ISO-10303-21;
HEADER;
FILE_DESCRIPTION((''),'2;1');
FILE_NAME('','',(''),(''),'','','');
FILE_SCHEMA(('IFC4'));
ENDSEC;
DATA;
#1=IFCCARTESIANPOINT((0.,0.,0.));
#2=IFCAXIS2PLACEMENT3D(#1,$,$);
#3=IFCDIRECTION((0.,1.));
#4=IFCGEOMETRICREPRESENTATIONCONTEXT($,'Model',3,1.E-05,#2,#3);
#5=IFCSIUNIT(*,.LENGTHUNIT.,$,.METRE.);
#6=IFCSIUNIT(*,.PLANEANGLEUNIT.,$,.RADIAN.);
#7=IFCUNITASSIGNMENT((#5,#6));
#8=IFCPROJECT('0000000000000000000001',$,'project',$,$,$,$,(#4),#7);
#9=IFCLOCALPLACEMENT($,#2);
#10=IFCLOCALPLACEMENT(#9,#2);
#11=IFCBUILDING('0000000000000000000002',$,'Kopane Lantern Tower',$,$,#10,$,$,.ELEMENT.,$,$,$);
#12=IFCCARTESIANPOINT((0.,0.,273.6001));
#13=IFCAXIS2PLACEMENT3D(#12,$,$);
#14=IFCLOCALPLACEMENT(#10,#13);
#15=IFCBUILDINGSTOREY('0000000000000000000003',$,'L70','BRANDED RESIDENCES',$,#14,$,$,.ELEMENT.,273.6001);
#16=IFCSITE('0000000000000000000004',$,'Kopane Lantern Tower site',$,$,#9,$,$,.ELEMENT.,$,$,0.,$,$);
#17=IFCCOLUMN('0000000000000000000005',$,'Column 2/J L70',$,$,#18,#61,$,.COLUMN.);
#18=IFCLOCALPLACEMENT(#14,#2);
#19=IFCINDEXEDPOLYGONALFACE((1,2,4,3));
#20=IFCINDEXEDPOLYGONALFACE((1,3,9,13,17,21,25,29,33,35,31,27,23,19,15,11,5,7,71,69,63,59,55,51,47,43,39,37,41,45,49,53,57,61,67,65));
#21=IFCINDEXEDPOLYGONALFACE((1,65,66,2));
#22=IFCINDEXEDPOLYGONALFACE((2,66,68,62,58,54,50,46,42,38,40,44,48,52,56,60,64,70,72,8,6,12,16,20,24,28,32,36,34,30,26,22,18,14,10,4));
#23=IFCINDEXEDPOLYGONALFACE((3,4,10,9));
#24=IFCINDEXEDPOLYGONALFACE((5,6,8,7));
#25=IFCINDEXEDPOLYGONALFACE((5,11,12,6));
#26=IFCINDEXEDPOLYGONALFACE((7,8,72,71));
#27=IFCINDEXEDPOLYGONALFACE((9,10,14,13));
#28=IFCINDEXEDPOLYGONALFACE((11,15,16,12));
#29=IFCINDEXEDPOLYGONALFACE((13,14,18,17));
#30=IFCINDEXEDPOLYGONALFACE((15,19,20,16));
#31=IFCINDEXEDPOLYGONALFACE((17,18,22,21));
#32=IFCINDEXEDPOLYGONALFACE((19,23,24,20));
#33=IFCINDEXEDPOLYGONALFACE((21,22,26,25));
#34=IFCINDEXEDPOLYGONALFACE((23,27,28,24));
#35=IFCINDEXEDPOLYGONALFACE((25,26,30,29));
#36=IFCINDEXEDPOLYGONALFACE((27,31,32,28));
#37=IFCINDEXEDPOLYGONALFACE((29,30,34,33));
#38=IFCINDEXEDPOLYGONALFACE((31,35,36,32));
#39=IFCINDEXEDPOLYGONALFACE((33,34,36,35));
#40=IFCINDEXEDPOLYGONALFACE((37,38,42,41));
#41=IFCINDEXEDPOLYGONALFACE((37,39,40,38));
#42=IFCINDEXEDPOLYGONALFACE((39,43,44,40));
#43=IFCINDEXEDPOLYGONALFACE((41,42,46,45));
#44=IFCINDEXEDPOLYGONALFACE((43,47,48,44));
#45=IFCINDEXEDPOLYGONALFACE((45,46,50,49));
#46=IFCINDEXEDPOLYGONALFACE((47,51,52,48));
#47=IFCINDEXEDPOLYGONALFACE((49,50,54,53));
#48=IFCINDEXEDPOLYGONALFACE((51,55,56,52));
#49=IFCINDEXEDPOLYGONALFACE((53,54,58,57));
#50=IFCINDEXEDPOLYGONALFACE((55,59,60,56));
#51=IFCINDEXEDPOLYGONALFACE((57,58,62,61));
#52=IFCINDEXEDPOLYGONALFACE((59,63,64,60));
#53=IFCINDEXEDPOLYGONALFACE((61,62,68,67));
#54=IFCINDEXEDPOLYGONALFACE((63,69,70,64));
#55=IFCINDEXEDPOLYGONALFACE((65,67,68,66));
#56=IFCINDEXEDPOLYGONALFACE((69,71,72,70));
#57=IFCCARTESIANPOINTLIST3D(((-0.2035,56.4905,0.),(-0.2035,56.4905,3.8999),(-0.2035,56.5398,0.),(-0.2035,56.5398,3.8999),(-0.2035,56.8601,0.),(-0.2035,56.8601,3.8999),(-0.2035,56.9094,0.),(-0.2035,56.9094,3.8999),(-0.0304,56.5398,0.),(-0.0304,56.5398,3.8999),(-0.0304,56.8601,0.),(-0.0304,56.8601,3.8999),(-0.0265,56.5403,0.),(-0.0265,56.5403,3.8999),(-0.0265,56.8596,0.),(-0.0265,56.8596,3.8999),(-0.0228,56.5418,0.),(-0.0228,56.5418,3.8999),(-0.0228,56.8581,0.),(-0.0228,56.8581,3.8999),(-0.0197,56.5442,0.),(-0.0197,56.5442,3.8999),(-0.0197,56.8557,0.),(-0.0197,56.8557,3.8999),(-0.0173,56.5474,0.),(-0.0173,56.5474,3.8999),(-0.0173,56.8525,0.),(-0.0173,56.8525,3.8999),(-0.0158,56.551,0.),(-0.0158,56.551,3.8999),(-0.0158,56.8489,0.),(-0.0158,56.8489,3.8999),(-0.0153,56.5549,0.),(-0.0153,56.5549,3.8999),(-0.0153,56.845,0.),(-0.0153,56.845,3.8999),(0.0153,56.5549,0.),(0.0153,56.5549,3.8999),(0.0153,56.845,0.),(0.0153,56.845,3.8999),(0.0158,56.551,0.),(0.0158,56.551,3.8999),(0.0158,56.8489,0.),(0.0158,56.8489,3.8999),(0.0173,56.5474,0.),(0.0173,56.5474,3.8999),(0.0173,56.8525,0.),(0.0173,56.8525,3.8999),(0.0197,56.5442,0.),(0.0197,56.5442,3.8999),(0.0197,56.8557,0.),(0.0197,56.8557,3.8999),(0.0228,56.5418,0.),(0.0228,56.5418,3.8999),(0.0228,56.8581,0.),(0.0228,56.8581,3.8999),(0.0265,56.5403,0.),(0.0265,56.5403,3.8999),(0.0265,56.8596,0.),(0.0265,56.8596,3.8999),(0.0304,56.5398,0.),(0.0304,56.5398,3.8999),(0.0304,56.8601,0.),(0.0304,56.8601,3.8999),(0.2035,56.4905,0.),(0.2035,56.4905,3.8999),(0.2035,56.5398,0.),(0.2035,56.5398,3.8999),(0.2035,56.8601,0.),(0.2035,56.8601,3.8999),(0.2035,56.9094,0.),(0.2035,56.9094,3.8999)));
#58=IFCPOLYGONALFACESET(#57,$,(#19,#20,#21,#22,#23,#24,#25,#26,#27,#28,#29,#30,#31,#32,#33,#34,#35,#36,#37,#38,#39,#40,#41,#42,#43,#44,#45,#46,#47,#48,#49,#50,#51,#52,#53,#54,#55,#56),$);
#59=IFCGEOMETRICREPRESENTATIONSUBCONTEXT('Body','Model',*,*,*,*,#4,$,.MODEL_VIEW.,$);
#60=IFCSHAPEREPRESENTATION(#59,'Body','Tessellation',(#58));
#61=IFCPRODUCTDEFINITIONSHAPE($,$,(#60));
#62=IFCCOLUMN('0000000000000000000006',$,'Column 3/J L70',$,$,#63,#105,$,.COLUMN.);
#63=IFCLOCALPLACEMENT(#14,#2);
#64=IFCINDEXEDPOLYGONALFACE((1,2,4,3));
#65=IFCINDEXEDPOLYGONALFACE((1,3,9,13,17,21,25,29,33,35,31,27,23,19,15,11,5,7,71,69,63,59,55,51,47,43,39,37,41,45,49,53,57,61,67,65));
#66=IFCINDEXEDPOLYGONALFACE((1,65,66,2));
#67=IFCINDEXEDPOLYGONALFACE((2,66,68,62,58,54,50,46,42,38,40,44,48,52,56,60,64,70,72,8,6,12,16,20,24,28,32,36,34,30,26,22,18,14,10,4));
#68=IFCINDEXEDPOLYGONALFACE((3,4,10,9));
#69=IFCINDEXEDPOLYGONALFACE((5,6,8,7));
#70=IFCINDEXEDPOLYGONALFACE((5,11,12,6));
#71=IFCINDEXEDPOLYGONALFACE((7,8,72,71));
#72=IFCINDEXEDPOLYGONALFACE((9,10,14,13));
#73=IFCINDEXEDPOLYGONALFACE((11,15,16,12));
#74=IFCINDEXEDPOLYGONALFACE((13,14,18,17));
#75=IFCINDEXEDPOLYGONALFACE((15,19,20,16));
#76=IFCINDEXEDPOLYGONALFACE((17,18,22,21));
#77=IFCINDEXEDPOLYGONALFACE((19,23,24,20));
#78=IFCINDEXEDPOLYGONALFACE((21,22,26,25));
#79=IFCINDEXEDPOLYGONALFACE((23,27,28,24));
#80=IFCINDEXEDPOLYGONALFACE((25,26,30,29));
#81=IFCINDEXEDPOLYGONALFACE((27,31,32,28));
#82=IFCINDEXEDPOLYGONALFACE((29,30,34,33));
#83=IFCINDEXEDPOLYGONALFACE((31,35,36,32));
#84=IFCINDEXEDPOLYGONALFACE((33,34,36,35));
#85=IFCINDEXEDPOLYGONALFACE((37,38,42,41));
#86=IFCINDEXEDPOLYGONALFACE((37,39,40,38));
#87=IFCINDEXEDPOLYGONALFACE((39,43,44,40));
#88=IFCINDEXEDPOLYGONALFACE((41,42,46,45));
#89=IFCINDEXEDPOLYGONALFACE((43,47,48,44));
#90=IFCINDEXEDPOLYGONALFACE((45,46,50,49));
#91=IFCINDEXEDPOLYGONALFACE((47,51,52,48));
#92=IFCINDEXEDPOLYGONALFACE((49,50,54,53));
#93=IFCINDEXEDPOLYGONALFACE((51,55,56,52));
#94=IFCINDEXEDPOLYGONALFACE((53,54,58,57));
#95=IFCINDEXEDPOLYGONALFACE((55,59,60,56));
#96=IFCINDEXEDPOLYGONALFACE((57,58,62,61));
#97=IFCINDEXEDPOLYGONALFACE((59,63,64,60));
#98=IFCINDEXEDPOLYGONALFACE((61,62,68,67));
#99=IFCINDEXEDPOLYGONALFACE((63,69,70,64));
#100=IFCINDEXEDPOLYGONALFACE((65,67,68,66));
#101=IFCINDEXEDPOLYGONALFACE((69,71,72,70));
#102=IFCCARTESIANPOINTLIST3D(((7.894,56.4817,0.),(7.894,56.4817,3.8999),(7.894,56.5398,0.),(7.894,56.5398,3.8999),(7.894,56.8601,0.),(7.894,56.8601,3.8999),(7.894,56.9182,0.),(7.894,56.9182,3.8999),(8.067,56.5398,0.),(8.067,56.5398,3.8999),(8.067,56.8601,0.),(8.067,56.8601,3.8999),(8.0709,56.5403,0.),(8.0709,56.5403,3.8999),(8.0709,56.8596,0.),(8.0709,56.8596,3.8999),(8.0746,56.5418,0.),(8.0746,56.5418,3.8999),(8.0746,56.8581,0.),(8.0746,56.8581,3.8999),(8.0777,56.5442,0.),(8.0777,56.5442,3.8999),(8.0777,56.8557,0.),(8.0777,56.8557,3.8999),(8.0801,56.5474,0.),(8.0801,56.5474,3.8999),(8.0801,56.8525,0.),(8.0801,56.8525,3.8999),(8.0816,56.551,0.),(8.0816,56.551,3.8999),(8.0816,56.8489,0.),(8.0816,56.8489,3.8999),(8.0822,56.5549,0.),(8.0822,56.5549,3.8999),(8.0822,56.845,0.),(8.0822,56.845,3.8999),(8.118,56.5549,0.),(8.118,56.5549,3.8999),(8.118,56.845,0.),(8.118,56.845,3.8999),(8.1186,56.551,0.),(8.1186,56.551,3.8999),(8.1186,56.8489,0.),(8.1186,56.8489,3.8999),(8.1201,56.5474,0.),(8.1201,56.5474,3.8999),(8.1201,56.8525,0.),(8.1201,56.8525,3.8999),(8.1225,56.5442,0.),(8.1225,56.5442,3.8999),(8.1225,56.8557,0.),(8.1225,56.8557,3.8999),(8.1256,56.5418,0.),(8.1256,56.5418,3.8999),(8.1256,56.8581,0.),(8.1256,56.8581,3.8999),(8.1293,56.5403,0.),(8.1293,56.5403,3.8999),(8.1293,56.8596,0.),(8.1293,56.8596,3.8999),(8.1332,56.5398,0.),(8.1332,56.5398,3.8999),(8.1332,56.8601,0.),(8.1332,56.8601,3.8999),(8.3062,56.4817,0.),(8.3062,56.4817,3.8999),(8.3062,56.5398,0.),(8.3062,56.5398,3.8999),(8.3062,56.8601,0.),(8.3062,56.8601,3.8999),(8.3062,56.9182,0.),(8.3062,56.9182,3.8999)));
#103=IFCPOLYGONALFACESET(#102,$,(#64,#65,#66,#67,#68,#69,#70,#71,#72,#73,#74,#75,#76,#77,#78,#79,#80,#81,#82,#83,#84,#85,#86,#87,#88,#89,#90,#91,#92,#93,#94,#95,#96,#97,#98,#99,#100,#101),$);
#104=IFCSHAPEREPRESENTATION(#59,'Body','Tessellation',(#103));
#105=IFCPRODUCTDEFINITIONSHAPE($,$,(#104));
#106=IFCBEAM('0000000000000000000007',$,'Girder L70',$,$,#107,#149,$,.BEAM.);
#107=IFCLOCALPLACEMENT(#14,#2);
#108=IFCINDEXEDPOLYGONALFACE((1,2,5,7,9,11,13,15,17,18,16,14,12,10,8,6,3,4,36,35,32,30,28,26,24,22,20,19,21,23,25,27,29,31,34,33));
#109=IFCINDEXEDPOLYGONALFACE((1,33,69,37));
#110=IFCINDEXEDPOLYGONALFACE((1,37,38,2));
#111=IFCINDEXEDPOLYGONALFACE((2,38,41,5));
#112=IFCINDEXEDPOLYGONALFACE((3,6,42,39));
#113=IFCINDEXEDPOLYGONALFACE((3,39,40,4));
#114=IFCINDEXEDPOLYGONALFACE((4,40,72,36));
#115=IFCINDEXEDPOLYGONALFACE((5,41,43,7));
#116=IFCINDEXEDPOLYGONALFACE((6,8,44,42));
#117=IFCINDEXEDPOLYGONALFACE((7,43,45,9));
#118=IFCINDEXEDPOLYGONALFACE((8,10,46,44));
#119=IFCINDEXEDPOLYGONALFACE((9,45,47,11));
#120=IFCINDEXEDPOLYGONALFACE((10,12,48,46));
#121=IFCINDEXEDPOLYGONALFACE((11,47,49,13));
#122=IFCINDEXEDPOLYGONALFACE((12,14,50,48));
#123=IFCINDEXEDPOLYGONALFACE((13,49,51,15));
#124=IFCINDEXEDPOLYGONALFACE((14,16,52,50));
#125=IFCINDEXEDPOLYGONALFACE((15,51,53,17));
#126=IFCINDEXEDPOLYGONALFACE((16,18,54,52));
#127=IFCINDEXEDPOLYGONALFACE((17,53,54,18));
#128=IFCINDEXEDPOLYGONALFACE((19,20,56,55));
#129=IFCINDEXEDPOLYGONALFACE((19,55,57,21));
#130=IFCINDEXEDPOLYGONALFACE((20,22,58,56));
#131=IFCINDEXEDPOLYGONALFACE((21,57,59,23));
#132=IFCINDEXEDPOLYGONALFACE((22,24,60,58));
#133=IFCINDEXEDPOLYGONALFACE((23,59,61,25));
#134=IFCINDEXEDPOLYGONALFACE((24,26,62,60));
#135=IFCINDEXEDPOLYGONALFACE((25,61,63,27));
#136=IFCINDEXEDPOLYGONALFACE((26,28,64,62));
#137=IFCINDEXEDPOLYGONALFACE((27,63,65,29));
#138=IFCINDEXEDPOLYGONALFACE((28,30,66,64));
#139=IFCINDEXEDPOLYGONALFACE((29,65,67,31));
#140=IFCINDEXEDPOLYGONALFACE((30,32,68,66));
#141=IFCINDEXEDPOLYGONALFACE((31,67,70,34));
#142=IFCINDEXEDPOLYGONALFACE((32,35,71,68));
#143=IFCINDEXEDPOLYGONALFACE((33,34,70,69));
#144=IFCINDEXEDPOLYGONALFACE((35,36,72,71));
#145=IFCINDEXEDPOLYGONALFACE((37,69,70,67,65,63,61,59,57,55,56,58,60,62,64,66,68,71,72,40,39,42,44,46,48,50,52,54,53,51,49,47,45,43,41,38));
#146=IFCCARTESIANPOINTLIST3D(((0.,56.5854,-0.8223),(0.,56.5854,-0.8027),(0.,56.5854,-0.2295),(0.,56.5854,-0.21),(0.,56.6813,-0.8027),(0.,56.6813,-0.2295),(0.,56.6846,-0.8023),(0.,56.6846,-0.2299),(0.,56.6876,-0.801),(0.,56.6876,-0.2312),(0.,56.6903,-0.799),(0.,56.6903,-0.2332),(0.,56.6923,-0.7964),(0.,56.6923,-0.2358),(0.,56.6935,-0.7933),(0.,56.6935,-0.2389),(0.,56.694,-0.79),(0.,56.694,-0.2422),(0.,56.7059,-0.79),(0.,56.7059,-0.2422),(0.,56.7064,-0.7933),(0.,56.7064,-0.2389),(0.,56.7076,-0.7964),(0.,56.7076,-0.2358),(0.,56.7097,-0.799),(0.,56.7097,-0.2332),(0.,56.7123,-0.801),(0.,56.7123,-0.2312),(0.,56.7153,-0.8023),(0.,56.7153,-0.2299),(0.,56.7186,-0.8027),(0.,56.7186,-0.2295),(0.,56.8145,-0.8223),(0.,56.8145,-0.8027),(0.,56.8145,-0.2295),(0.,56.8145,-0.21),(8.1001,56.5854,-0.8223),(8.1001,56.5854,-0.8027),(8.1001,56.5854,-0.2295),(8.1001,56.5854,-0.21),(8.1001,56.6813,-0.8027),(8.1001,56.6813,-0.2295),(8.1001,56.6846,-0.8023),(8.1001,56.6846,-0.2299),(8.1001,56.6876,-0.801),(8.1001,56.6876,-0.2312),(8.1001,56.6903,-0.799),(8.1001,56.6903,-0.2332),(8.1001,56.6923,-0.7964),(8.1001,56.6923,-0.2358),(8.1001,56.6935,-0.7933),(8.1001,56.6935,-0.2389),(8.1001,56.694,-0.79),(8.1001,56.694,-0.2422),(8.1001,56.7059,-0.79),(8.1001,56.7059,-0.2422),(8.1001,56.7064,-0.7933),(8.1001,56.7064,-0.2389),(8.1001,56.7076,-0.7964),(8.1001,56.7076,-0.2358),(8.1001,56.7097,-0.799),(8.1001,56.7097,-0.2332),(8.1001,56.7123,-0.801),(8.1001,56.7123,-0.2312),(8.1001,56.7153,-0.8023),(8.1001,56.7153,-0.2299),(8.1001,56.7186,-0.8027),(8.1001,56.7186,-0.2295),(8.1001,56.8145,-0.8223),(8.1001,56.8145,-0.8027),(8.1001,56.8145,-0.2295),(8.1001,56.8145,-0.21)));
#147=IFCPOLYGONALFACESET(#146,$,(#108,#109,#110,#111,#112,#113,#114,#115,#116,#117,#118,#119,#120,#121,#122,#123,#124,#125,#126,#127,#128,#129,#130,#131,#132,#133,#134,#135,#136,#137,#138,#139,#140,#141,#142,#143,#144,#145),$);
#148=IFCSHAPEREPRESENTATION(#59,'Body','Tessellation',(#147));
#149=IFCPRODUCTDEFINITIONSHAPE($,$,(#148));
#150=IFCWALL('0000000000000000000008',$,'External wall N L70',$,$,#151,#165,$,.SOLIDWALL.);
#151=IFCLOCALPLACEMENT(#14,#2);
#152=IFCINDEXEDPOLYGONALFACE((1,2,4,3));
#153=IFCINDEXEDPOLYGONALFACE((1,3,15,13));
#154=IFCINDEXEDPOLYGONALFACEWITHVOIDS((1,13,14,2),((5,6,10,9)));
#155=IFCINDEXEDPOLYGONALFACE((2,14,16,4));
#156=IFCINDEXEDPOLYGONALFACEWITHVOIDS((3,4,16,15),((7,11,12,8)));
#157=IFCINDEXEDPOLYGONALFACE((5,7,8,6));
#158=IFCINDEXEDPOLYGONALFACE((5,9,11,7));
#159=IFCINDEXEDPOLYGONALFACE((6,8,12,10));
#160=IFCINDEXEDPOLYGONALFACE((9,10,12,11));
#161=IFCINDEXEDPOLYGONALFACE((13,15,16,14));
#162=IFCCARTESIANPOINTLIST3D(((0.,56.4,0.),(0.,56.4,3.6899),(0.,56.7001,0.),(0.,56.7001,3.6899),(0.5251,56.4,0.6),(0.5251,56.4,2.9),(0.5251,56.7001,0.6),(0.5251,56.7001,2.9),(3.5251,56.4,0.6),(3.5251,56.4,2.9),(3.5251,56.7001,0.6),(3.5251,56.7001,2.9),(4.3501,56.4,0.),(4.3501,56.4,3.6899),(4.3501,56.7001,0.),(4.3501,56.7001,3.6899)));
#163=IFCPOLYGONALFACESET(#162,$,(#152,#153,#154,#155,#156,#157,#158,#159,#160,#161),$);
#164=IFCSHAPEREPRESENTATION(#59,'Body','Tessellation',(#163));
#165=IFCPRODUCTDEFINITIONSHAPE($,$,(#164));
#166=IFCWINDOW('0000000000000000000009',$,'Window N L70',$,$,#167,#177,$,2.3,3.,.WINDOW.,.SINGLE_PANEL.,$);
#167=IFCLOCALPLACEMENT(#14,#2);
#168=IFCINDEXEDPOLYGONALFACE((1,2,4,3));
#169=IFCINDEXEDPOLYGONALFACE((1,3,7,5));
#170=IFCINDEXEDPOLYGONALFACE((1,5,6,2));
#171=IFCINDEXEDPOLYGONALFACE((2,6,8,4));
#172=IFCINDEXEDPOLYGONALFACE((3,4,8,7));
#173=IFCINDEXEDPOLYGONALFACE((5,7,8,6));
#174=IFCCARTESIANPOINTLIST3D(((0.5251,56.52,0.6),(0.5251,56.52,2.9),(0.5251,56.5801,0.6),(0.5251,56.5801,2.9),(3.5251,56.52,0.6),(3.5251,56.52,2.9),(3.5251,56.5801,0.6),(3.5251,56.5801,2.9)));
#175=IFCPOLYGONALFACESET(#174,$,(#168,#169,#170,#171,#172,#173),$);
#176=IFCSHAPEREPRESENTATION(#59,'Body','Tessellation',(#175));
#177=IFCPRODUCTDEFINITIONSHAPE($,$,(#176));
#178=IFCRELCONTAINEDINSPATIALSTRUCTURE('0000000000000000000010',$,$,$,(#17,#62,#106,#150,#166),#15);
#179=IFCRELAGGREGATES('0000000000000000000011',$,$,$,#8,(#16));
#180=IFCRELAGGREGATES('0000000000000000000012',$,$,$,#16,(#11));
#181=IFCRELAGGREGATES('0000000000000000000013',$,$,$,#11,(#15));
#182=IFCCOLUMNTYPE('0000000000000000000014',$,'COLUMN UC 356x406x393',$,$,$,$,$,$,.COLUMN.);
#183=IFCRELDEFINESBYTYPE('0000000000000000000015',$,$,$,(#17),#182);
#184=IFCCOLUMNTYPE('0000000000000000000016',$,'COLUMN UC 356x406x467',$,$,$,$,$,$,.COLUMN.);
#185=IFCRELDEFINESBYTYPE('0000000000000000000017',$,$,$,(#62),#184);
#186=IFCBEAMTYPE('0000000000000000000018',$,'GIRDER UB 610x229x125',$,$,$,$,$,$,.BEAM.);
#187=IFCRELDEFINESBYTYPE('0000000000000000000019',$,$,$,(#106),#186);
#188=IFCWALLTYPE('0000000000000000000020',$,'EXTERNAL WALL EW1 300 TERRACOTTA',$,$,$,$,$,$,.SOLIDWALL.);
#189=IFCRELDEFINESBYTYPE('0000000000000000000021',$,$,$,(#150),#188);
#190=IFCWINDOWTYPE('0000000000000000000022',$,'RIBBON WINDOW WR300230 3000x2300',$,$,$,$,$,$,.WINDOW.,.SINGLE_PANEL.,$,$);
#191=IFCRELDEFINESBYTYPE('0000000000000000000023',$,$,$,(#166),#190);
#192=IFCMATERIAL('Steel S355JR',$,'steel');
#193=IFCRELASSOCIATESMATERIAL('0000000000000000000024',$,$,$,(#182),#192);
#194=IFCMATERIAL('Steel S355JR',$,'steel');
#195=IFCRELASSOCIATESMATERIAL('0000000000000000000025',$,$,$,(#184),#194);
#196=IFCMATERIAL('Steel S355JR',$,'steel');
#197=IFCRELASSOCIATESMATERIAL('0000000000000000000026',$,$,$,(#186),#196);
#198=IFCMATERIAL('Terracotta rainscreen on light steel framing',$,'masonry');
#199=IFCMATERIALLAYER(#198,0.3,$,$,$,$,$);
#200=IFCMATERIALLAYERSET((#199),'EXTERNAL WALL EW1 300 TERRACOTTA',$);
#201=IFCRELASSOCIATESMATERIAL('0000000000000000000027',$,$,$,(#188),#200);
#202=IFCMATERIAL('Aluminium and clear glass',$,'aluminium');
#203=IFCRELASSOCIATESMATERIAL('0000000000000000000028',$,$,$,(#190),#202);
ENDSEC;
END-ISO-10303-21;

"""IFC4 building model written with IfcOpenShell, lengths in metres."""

from ifc_helpers import new_model, si_unit, direction, frame, frame_2d, origin, origin_2d, place, context, subcontext, project, spatial, rectangle, i_section, extrude, material, layer, layer_set, material_profile, profile_set, type_object, element, fill, save


model = new_model("IFC4")

# Units and contexts
model_context = context("Model", 3, precision=1e-05, world=origin(), true_north=direction((0.0, 1.0)))
body_context = subcontext(model_context, "Body", "Model", "MODEL_VIEW")
ifc_project = project(units=[si_unit("LENGTHUNIT", "METRE"), si_unit("PLANEANGLEUNIT", "RADIAN")], contexts=[model_context])

# Site, building, storey
site_placement = place(None, origin())
site = spatial("IfcSite", under=ifc_project, at=site_placement, Name="Kopane Lantern Tower site", CompositionType="ELEMENT", RefElevation=0.0)
building_placement = place(site_placement, origin())
building = spatial("IfcBuilding", under=site, at=building_placement, Name="Kopane Lantern Tower", CompositionType="ELEMENT")
storey_placement = place(building_placement, frame((0.0, 0.0, 273.6001)))
storey = spatial("IfcBuildingStorey", under=building, at=storey_placement, Name="L70", Description="BRANDED RESIDENCES", CompositionType="ELEMENT", Elevation=273.6001)

# Columns
ifc_material_1 = material(Name="Steel S355JR", Category="steel")
ifc_material_profile_1 = material_profile(ifc_material_1, i_section(OverallWidth=0.407, OverallDepth=0.4189, WebThickness=0.0305, FlangeThickness=0.0493, FilletRadius=0.0151, at=origin_2d()), Name="UC 356x406x393")
ifc_profile_set_1 = profile_set([ifc_material_profile_1], Name="Steel S355JR")
column_type_1 = type_object("IfcColumnType", Name="COLUMN UC 356x406x393", PredefinedType="COLUMN", material=ifc_profile_set_1)
column_1_placement = place(storey_placement, frame((0.0, 56.7, 0.0), z_axis=(0.0, 0.0, 1.0), x_axis=(1.0, 0.0, 0.0)))
element("IfcColumn", 1, at=column_1_placement, inside=storey, type_object=column_type_1, Name="Column 2/J L70", PredefinedType="COLUMN", context=body_context, shape_type="SweptSolid", body=[
    extrude(i_section(OverallWidth=0.407, OverallDepth=0.4189, WebThickness=0.0305, FlangeThickness=0.0493, FilletRadius=0.0151, at=origin_2d()), origin(), (0.0, 0.0, 1.0), 3.8999),
])
ifc_material_2 = material(Name="Steel S355JR", Category="steel")
ifc_material_profile_2 = material_profile(ifc_material_2, i_section(OverallWidth=0.4121, OverallDepth=0.4365, WebThickness=0.0359, FlangeThickness=0.0581, FilletRadius=0.0151, at=origin_2d()), Name="UC 356x406x467")
ifc_profile_set_2 = profile_set([ifc_material_profile_2], Name="Steel S355JR")
column_type_2 = type_object("IfcColumnType", Name="COLUMN UC 356x406x467", PredefinedType="COLUMN", material=ifc_profile_set_2)
column_2_placement = place(storey_placement, frame((8.1001, 56.7, 0.0), z_axis=(0.0, 0.0, 1.0), x_axis=(1.0, 0.0, 0.0)))
element("IfcColumn", 2, at=column_2_placement, inside=storey, type_object=column_type_2, Name="Column 3/J L70", PredefinedType="COLUMN", context=body_context, shape_type="SweptSolid", body=[
    extrude(i_section(OverallWidth=0.4121, OverallDepth=0.4365, WebThickness=0.0359, FlangeThickness=0.0581, FilletRadius=0.0151, at=origin_2d()), origin(), (0.0, 0.0, 1.0), 3.8999),
])

# Beam
ifc_material_3 = material(Name="Steel S355JR", Category="steel")
ifc_material_profile_3 = material_profile(ifc_material_3, i_section(OverallWidth=0.229, OverallDepth=0.6123, WebThickness=0.012, FlangeThickness=0.0195, FilletRadius=0.0127, at=origin_2d()), Name="UB 610x229x125")
ifc_profile_set_3 = profile_set([ifc_material_profile_3], Name="Steel S355JR")
beam_type = type_object("IfcBeamType", Name="GIRDER UB 610x229x125", PredefinedType="BEAM", material=ifc_profile_set_3)
beam_placement = place(storey_placement, frame((0.0, 56.7, -0.5161), z_axis=(1.0, 0.0, 0.0), x_axis=(0.0, 1.0, 0.0)))
element("IfcBeam", 3, at=beam_placement, inside=storey, type_object=beam_type, Name="Girder L70", PredefinedType="BEAM", context=body_context, shape_type="SweptSolid", body=[
    extrude(i_section(OverallWidth=0.229, OverallDepth=0.6123, WebThickness=0.012, FlangeThickness=0.0195, FilletRadius=0.0127, at=origin_2d()), origin(), (0.0, 0.0, 1.0), 8.1001),
])

# Wall, opening, window
ifc_material_4 = material(Name="Terracotta rainscreen on light steel framing", Category="masonry")
ifc_layer = layer(ifc_material_4, 0.3)
ifc_layer_set = layer_set([ifc_layer], Name="EXTERNAL WALL EW1 300 TERRACOTTA")
wall_type = type_object("IfcWallType", Name="EXTERNAL WALL EW1 300 TERRACOTTA", PredefinedType="SOLIDWALL", material=ifc_layer_set)
wall_1_placement = place(storey_placement, frame((4.3501, 56.55, 0.0), z_axis=(0.0, 0.0, 1.0), x_axis=(-1.0, 0.0, 0.0)))
wall_1 = element("IfcWall", 4, at=wall_1_placement, inside=storey, type_object=wall_type, Name="External wall N L70", PredefinedType="SOLIDWALL", context=body_context, shape_type="SweptSolid", body=[
    extrude(rectangle(XDim=4.3501, YDim=0.3, at=frame_2d((2.175, 0.0))), origin(), (0.0, 0.0, 1.0), 3.6899),
])
opening_1_placement = place(wall_1_placement, frame((0.825, 0.0, 0.6001)))
opening_1 = element("IfcOpeningElement", 5, at=opening_1_placement, cuts=wall_1, PredefinedType="OPENING", context=body_context, shape_type="SweptSolid", body=[
    extrude(rectangle(XDim=3.0, YDim=2.3, at=frame_2d((1.5, 1.1499))), frame((0.0, 0.1599, 0.0), z_axis=(0.0, -1.0, 0.0), x_axis=(1.0, 0.0, 0.0)), (0.0, 0.0, 1.0), 0.3201),
])
ifc_material_5 = material(Name="Aluminium and clear glass", Category="aluminium")
window_type_1 = type_object("IfcWindowType", Name="RIBBON WINDOW WR300230 3000x2300", PartitioningType="SINGLE_PANEL", PredefinedType="WINDOW", material=ifc_material_5)
window_1_placement = place(opening_1_placement, origin())
window_1 = element("IfcWindow", 6, at=window_1_placement, inside=storey, type_object=window_type_1, Name="Window N L70", OverallHeight=2.3, OverallWidth=3.0, PartitioningType="SINGLE_PANEL", PredefinedType="WINDOW", context=body_context, shape_type="SweptSolid", body=[
    extrude(rectangle(XDim=3.0, YDim=2.3, at=frame_2d((1.5, 1.1499))), frame((0.0, 0.03, 0.0), z_axis=(0.0, -1.0, 0.0), x_axis=(1.0, 0.0, 0.0)), (0.0, 0.0, 1.0), 0.0601),
])
fill(opening_1, window_1)

save(model, "model.ifc")
